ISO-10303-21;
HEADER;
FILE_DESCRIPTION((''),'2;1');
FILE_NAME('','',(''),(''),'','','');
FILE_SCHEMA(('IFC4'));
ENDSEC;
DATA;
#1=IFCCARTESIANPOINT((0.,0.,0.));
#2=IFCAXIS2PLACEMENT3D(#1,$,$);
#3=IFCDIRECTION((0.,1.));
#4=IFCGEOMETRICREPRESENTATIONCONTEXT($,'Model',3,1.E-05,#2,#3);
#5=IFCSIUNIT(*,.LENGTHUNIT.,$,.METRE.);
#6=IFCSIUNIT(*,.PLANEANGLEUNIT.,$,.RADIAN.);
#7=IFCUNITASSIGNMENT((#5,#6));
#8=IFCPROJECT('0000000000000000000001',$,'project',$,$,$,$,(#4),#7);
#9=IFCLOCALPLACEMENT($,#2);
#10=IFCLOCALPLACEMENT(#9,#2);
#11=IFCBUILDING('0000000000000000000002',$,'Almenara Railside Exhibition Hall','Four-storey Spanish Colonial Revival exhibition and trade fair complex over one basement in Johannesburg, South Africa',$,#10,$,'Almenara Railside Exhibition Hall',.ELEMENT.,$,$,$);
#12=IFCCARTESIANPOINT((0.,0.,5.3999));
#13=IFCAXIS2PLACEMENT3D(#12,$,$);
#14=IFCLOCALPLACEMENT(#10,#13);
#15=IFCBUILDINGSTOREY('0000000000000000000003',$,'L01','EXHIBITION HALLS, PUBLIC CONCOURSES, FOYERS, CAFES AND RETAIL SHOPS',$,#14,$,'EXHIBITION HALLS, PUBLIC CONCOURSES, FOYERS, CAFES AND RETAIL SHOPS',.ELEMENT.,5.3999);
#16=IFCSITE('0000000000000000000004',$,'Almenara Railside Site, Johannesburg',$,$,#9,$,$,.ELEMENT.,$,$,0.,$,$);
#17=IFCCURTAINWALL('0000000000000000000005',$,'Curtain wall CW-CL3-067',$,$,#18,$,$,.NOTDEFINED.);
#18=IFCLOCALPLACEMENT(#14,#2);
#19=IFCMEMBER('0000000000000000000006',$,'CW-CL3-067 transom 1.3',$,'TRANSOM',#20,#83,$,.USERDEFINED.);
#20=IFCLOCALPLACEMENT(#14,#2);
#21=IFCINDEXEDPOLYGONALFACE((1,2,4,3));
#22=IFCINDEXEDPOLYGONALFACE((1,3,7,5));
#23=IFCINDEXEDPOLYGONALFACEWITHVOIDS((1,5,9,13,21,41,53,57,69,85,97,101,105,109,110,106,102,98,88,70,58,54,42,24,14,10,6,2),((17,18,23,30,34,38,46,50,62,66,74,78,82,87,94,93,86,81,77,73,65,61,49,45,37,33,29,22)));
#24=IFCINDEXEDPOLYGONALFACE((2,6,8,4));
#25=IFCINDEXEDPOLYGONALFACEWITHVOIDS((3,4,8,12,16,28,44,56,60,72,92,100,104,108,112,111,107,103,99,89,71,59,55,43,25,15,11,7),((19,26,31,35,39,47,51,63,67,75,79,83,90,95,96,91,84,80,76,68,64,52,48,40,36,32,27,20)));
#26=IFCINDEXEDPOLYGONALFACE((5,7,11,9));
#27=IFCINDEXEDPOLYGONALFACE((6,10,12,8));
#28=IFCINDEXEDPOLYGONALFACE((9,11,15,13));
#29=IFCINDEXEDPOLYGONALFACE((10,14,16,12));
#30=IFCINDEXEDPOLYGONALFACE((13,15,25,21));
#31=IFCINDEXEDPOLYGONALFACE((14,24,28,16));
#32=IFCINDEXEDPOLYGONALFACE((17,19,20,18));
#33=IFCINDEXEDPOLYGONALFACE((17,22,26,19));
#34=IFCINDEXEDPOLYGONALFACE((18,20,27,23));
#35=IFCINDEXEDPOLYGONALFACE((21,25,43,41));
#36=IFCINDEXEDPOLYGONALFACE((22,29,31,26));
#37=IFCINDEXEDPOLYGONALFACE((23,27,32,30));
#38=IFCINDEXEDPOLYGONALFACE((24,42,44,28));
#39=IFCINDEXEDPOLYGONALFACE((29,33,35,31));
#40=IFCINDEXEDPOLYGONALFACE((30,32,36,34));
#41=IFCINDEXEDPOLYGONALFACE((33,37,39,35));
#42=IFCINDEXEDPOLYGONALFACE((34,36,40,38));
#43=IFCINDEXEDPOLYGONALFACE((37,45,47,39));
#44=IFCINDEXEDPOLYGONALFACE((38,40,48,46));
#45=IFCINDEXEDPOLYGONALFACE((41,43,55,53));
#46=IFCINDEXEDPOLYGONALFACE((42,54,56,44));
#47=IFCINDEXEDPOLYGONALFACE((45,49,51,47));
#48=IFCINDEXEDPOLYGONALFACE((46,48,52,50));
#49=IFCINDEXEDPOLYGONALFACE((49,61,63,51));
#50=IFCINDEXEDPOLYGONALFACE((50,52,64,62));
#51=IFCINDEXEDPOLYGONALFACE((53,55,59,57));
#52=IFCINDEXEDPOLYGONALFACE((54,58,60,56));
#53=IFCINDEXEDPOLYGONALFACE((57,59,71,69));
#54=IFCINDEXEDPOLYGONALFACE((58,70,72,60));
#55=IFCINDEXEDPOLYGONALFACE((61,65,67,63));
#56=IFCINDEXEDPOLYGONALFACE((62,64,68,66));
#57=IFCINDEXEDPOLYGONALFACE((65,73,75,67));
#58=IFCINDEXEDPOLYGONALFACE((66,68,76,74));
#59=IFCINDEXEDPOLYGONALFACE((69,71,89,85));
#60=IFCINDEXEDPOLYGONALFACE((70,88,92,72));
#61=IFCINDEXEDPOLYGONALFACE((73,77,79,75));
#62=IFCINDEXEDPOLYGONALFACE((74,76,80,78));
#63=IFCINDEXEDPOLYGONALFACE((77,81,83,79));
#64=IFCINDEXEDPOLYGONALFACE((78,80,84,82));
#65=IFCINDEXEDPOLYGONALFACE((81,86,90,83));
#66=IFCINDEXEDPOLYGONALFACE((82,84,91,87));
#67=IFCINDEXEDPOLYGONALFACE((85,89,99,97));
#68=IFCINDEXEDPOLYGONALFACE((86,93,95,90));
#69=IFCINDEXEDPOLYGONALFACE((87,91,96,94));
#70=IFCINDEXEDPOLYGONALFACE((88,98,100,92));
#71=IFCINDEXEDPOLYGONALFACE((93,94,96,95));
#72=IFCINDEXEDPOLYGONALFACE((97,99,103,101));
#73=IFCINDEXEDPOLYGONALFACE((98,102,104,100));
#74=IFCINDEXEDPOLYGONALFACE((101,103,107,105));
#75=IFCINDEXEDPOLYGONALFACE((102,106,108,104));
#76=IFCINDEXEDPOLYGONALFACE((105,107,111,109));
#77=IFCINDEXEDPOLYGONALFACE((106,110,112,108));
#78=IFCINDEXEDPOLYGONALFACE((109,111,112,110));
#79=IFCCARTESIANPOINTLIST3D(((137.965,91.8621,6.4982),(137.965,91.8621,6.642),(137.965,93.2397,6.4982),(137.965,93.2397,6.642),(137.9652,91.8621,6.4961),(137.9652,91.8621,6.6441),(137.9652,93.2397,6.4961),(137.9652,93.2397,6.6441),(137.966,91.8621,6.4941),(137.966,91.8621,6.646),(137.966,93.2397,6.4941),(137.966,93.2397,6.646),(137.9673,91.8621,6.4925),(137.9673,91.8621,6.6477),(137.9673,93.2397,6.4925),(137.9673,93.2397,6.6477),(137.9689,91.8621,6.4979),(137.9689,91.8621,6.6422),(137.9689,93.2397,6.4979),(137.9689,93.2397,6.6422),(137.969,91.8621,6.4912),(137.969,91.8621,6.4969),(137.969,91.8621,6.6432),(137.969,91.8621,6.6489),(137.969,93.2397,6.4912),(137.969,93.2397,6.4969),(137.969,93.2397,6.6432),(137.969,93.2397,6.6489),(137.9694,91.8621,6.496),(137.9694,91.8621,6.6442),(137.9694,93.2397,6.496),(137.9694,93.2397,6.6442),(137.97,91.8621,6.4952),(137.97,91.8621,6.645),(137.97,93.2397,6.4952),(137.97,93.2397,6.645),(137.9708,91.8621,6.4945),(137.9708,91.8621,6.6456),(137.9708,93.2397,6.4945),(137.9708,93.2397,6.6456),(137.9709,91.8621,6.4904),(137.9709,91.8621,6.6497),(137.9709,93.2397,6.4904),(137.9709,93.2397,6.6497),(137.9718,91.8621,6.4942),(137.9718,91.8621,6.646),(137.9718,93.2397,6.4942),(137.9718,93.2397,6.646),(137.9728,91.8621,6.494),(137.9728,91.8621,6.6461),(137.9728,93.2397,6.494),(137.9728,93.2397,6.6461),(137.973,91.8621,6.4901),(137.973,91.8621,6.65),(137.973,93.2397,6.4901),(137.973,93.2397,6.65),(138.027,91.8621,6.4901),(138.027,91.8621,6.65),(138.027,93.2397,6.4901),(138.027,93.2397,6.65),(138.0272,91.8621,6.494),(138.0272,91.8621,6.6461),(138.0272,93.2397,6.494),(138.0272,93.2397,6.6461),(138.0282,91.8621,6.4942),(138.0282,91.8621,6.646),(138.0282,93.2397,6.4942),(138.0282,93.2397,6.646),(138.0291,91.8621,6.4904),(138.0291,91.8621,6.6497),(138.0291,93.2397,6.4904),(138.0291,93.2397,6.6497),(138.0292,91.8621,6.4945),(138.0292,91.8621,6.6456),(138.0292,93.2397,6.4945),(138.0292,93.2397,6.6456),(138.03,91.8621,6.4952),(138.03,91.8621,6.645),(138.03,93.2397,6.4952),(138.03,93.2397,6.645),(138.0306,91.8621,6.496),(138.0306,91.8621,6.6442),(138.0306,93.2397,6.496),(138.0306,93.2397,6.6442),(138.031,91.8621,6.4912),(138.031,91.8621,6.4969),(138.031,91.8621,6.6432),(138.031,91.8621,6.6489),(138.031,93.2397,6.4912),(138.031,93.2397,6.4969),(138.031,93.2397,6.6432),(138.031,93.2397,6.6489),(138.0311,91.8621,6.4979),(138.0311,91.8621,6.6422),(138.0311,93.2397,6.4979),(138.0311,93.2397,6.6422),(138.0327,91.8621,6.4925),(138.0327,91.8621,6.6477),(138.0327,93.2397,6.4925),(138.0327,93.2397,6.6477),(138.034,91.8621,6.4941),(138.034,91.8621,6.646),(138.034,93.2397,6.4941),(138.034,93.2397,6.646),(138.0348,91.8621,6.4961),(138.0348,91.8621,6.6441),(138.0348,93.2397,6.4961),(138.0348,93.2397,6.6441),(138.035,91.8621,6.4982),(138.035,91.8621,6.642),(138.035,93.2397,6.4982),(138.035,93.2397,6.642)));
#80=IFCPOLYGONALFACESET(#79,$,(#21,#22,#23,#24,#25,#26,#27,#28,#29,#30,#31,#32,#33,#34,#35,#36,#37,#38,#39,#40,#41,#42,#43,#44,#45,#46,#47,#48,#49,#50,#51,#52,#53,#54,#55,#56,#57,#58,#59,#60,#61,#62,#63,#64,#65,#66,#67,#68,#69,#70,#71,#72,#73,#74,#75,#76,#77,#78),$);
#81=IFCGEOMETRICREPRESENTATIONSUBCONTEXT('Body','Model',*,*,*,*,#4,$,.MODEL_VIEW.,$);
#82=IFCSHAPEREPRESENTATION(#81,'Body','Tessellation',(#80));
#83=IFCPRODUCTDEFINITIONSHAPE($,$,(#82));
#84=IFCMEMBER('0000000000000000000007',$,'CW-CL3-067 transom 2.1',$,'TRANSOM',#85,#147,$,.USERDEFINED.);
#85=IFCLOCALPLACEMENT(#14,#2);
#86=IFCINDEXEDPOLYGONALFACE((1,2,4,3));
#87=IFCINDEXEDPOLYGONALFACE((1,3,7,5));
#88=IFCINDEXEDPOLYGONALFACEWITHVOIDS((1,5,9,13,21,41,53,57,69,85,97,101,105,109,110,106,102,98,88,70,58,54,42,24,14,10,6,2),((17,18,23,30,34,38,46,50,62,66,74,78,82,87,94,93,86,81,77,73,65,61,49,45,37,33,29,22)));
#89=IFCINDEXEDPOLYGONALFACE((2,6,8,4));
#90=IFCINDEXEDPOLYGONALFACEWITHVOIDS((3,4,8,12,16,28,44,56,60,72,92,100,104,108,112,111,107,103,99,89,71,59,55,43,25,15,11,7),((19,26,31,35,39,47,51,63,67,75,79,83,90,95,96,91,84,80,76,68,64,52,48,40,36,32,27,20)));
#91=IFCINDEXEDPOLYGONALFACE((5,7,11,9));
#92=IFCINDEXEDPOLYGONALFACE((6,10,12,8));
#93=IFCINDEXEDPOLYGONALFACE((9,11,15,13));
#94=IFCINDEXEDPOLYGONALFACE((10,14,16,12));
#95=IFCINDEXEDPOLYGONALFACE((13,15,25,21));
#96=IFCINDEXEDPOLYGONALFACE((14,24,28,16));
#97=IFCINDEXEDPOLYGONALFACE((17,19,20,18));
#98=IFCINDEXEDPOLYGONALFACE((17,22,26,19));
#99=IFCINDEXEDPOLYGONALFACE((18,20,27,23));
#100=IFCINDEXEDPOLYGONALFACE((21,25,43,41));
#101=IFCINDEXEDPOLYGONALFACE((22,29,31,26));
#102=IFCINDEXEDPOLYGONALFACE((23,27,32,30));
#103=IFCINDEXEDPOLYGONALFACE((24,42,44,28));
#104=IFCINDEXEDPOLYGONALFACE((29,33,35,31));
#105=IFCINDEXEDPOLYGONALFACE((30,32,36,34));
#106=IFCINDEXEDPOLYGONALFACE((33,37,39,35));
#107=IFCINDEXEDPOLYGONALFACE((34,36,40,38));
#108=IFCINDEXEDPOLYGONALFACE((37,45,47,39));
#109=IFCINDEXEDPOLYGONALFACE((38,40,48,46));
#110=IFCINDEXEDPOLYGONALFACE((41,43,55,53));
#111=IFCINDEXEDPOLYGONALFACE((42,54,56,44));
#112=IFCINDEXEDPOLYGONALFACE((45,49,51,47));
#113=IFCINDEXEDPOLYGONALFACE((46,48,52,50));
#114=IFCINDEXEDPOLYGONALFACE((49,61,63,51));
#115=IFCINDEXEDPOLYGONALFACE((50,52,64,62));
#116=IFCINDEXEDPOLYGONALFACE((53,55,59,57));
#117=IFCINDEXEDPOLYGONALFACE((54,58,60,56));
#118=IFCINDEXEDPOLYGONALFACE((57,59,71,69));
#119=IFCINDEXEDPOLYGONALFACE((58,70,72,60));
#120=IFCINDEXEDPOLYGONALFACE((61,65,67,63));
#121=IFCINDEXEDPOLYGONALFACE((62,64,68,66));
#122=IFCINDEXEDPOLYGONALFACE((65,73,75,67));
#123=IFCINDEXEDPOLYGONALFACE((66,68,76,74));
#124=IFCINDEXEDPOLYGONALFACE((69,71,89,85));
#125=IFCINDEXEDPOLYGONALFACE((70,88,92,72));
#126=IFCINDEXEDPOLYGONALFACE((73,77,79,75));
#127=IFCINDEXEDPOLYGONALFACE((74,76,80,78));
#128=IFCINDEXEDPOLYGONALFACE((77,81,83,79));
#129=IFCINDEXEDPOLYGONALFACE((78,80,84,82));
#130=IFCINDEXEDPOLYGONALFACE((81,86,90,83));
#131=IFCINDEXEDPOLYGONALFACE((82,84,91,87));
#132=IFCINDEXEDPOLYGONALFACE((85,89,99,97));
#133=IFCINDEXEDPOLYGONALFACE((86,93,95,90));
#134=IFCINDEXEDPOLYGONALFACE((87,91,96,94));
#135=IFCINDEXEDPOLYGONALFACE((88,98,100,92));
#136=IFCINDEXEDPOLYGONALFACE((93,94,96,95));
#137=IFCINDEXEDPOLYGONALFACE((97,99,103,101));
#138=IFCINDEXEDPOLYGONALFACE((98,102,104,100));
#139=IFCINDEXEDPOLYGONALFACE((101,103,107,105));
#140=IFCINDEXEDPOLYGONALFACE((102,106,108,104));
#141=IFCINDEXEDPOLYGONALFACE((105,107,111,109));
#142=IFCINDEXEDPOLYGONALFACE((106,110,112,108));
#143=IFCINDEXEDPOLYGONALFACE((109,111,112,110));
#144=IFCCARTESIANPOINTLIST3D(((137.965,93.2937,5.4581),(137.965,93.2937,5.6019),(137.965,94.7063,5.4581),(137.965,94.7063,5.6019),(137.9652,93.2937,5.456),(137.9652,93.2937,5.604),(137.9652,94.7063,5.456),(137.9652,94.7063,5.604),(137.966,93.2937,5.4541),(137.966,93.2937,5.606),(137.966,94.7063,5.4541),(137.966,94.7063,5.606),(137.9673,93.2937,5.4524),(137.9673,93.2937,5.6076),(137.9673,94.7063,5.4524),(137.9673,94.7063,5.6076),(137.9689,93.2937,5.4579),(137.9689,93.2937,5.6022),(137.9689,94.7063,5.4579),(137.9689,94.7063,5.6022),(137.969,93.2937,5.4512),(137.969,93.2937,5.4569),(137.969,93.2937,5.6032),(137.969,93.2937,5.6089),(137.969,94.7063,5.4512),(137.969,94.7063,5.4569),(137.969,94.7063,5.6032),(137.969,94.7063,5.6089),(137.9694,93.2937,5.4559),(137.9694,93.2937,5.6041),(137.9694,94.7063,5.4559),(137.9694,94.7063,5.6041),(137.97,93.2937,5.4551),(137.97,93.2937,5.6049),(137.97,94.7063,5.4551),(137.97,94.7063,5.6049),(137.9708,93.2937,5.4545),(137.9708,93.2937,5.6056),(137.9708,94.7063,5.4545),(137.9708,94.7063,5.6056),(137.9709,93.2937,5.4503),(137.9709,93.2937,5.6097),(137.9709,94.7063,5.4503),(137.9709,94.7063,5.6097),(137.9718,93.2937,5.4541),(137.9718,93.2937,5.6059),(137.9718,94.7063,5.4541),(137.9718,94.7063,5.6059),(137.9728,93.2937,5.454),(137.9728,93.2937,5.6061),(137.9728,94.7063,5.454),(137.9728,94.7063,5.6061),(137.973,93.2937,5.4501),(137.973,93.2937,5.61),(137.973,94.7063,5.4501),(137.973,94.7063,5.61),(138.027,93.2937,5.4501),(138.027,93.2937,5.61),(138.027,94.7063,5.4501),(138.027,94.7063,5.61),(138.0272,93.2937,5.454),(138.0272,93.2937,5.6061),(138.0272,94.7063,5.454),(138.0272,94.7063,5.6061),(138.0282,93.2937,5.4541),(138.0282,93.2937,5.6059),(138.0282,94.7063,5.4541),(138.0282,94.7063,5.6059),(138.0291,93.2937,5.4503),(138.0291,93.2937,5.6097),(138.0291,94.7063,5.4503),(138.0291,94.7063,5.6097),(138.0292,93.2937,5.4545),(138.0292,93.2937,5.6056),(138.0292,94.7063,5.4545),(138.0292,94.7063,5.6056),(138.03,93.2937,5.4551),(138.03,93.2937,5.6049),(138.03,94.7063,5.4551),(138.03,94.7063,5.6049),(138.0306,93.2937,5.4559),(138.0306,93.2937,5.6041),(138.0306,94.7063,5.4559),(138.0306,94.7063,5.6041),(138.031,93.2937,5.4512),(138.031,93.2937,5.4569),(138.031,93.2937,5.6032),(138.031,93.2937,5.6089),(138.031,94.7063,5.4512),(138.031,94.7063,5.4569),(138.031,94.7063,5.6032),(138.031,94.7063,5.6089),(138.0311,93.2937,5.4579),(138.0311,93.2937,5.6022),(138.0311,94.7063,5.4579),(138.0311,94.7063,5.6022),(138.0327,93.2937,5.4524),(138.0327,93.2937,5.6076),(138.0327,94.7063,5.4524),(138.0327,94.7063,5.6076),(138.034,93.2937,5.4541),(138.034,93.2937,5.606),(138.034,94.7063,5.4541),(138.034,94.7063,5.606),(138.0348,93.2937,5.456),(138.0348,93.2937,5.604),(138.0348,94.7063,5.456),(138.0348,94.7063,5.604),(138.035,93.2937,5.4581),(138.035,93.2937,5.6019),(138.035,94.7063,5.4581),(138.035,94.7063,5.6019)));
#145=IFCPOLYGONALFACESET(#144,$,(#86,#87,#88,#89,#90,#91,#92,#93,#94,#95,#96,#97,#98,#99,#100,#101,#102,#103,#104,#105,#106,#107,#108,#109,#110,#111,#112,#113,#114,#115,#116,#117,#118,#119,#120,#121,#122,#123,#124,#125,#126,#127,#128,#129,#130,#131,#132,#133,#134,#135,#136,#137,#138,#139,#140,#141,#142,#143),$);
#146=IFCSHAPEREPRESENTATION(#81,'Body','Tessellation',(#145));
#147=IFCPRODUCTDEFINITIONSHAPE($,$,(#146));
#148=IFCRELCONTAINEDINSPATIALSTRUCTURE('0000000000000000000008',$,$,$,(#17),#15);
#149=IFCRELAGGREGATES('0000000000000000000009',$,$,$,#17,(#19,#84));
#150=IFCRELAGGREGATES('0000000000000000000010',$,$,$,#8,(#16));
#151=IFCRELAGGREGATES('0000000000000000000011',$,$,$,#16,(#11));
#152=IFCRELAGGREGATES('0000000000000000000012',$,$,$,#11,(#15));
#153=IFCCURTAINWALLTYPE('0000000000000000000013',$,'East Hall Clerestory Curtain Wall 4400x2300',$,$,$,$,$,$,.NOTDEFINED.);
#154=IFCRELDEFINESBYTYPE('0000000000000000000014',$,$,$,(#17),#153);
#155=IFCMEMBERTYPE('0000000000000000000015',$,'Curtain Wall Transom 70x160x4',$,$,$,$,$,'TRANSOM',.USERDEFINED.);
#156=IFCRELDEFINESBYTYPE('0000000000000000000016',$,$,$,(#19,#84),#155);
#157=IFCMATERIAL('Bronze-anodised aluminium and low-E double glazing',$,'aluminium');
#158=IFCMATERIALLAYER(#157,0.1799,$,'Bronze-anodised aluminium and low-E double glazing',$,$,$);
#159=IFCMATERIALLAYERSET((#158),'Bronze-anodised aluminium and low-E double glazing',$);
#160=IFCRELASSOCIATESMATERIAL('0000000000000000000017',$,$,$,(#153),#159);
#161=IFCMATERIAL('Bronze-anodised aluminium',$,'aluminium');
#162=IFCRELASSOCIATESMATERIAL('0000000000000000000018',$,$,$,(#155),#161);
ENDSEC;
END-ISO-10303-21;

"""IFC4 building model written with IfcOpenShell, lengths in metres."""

from ifc_helpers import new_model, si_unit, direction, frame, origin, origin_2d, place, context, subcontext, project, spatial, hollow_rectangle, extrude, material, layer, layer_set, material_profile, profile_set, type_object, element, aggregate, save


model = new_model("IFC4")

# Units and contexts
model_context = context("Model", 3, precision=1e-05, world=origin(), true_north=direction((0.0, 1.0)))
body_context = subcontext(model_context, "Body", "Model", "MODEL_VIEW")
ifc_project = project(units=[si_unit("LENGTHUNIT", "METRE"), si_unit("PLANEANGLEUNIT", "RADIAN")], contexts=[model_context])

# Site, building, storey
site_placement = place(None, origin())
site = spatial("IfcSite", under=ifc_project, at=site_placement, Name="Almenara Railside Site, Johannesburg", CompositionType="ELEMENT", RefElevation=0.0)
building_placement = place(site_placement, origin())
building = spatial("IfcBuilding", under=site, at=building_placement, Name="Almenara Railside Exhibition Hall", Description="Four-storey Spanish Colonial Revival exhibition and trade fair complex over one basement in Johannesburg, South Africa", LongName="Almenara Railside Exhibition Hall", CompositionType="ELEMENT")
storey_placement = place(building_placement, frame((0.0, 0.0, 5.3999)))
storey = spatial("IfcBuildingStorey", under=building, at=storey_placement, Name="L01", Description="EXHIBITION HALLS, PUBLIC CONCOURSES, FOYERS, CAFES AND RETAIL SHOPS", LongName="EXHIBITION HALLS, PUBLIC CONCOURSES, FOYERS, CAFES AND RETAIL SHOPS", CompositionType="ELEMENT", Elevation=5.3999)

# Shared definitions
ifc_material_1 = material(Name="Bronze-anodised aluminium and low-E double glazing", Category="aluminium")
ifc_material_2 = material(Name="Bronze-anodised aluminium", Category="aluminium")

# Curtain wall, members
ifc_layer_1 = layer(ifc_material_1, 0.1799, Name="Bronze-anodised aluminium and low-E double glazing")
ifc_layer_set_1 = layer_set([ifc_layer_1], Name="Bronze-anodised aluminium and low-E double glazing")
curtain_wall_type_1 = type_object("IfcCurtainWallType", Name="East Hall Clerestory Curtain Wall 4400x2300", PredefinedType="NOTDEFINED", material=ifc_layer_set_1)
curtain_wall_1_placement = place(storey_placement, origin())
curtain_wall_1 = element("IfcCurtainWall", 1, at=curtain_wall_1_placement, inside=storey, type_object=curtain_wall_type_1, Name="Curtain wall CW-CL3-067", PredefinedType="NOTDEFINED")
ifc_material_profile_1 = material_profile(ifc_material_2, hollow_rectangle(XDim=0.0701, YDim=0.1599, WallThickness=0.0039, InnerFilletRadius=0.0039, OuterFilletRadius=0.0081, at=origin_2d()), Name="ALU-TRN 70x160x4")
ifc_profile_set_1 = profile_set([ifc_material_profile_1], Name="Bronze-anodised aluminium")
member_type_1 = type_object("IfcMemberType", Name="Curtain Wall Transom 70x160x4", ElementType="TRANSOM", PredefinedType="USERDEFINED", material=ifc_profile_set_1)
member_1_placement = place(storey_placement, frame((138.0, 91.8621, 6.5701), z_axis=(0.0, 1.0, 0.0), x_axis=(-1.0, 0.0, 0.0)))
member_1 = element("IfcMember", 2, at=member_1_placement, type_object=member_type_1, Name="CW-CL3-067 transom 1.3", ObjectType="TRANSOM", PredefinedType="USERDEFINED", context=body_context, shape_type="SweptSolid", body=[
    extrude(hollow_rectangle(XDim=0.0701, YDim=0.1599, WallThickness=0.0039, InnerFilletRadius=0.0039, OuterFilletRadius=0.0081, at=origin_2d()), origin(), (0.0, 0.0, 1.0), 1.3777),
])
member_2_placement = place(storey_placement, frame((138.0, 93.2937, 5.53), z_axis=(0.0, 1.0, 0.0), x_axis=(-1.0, 0.0, 0.0)))
member_2 = element("IfcMember", 3, at=member_2_placement, type_object=member_type_1, Name="CW-CL3-067 transom 2.1", ObjectType="TRANSOM", PredefinedType="USERDEFINED", context=body_context, shape_type="SweptSolid", body=[
    extrude(hollow_rectangle(XDim=0.0701, YDim=0.1599, WallThickness=0.0039, InnerFilletRadius=0.0039, OuterFilletRadius=0.0081, at=origin_2d()), origin(), (0.0, 0.0, 1.0), 1.4126),
])

aggregate(curtain_wall_1, [member_1, member_2])

save(model, "model.ifc")
